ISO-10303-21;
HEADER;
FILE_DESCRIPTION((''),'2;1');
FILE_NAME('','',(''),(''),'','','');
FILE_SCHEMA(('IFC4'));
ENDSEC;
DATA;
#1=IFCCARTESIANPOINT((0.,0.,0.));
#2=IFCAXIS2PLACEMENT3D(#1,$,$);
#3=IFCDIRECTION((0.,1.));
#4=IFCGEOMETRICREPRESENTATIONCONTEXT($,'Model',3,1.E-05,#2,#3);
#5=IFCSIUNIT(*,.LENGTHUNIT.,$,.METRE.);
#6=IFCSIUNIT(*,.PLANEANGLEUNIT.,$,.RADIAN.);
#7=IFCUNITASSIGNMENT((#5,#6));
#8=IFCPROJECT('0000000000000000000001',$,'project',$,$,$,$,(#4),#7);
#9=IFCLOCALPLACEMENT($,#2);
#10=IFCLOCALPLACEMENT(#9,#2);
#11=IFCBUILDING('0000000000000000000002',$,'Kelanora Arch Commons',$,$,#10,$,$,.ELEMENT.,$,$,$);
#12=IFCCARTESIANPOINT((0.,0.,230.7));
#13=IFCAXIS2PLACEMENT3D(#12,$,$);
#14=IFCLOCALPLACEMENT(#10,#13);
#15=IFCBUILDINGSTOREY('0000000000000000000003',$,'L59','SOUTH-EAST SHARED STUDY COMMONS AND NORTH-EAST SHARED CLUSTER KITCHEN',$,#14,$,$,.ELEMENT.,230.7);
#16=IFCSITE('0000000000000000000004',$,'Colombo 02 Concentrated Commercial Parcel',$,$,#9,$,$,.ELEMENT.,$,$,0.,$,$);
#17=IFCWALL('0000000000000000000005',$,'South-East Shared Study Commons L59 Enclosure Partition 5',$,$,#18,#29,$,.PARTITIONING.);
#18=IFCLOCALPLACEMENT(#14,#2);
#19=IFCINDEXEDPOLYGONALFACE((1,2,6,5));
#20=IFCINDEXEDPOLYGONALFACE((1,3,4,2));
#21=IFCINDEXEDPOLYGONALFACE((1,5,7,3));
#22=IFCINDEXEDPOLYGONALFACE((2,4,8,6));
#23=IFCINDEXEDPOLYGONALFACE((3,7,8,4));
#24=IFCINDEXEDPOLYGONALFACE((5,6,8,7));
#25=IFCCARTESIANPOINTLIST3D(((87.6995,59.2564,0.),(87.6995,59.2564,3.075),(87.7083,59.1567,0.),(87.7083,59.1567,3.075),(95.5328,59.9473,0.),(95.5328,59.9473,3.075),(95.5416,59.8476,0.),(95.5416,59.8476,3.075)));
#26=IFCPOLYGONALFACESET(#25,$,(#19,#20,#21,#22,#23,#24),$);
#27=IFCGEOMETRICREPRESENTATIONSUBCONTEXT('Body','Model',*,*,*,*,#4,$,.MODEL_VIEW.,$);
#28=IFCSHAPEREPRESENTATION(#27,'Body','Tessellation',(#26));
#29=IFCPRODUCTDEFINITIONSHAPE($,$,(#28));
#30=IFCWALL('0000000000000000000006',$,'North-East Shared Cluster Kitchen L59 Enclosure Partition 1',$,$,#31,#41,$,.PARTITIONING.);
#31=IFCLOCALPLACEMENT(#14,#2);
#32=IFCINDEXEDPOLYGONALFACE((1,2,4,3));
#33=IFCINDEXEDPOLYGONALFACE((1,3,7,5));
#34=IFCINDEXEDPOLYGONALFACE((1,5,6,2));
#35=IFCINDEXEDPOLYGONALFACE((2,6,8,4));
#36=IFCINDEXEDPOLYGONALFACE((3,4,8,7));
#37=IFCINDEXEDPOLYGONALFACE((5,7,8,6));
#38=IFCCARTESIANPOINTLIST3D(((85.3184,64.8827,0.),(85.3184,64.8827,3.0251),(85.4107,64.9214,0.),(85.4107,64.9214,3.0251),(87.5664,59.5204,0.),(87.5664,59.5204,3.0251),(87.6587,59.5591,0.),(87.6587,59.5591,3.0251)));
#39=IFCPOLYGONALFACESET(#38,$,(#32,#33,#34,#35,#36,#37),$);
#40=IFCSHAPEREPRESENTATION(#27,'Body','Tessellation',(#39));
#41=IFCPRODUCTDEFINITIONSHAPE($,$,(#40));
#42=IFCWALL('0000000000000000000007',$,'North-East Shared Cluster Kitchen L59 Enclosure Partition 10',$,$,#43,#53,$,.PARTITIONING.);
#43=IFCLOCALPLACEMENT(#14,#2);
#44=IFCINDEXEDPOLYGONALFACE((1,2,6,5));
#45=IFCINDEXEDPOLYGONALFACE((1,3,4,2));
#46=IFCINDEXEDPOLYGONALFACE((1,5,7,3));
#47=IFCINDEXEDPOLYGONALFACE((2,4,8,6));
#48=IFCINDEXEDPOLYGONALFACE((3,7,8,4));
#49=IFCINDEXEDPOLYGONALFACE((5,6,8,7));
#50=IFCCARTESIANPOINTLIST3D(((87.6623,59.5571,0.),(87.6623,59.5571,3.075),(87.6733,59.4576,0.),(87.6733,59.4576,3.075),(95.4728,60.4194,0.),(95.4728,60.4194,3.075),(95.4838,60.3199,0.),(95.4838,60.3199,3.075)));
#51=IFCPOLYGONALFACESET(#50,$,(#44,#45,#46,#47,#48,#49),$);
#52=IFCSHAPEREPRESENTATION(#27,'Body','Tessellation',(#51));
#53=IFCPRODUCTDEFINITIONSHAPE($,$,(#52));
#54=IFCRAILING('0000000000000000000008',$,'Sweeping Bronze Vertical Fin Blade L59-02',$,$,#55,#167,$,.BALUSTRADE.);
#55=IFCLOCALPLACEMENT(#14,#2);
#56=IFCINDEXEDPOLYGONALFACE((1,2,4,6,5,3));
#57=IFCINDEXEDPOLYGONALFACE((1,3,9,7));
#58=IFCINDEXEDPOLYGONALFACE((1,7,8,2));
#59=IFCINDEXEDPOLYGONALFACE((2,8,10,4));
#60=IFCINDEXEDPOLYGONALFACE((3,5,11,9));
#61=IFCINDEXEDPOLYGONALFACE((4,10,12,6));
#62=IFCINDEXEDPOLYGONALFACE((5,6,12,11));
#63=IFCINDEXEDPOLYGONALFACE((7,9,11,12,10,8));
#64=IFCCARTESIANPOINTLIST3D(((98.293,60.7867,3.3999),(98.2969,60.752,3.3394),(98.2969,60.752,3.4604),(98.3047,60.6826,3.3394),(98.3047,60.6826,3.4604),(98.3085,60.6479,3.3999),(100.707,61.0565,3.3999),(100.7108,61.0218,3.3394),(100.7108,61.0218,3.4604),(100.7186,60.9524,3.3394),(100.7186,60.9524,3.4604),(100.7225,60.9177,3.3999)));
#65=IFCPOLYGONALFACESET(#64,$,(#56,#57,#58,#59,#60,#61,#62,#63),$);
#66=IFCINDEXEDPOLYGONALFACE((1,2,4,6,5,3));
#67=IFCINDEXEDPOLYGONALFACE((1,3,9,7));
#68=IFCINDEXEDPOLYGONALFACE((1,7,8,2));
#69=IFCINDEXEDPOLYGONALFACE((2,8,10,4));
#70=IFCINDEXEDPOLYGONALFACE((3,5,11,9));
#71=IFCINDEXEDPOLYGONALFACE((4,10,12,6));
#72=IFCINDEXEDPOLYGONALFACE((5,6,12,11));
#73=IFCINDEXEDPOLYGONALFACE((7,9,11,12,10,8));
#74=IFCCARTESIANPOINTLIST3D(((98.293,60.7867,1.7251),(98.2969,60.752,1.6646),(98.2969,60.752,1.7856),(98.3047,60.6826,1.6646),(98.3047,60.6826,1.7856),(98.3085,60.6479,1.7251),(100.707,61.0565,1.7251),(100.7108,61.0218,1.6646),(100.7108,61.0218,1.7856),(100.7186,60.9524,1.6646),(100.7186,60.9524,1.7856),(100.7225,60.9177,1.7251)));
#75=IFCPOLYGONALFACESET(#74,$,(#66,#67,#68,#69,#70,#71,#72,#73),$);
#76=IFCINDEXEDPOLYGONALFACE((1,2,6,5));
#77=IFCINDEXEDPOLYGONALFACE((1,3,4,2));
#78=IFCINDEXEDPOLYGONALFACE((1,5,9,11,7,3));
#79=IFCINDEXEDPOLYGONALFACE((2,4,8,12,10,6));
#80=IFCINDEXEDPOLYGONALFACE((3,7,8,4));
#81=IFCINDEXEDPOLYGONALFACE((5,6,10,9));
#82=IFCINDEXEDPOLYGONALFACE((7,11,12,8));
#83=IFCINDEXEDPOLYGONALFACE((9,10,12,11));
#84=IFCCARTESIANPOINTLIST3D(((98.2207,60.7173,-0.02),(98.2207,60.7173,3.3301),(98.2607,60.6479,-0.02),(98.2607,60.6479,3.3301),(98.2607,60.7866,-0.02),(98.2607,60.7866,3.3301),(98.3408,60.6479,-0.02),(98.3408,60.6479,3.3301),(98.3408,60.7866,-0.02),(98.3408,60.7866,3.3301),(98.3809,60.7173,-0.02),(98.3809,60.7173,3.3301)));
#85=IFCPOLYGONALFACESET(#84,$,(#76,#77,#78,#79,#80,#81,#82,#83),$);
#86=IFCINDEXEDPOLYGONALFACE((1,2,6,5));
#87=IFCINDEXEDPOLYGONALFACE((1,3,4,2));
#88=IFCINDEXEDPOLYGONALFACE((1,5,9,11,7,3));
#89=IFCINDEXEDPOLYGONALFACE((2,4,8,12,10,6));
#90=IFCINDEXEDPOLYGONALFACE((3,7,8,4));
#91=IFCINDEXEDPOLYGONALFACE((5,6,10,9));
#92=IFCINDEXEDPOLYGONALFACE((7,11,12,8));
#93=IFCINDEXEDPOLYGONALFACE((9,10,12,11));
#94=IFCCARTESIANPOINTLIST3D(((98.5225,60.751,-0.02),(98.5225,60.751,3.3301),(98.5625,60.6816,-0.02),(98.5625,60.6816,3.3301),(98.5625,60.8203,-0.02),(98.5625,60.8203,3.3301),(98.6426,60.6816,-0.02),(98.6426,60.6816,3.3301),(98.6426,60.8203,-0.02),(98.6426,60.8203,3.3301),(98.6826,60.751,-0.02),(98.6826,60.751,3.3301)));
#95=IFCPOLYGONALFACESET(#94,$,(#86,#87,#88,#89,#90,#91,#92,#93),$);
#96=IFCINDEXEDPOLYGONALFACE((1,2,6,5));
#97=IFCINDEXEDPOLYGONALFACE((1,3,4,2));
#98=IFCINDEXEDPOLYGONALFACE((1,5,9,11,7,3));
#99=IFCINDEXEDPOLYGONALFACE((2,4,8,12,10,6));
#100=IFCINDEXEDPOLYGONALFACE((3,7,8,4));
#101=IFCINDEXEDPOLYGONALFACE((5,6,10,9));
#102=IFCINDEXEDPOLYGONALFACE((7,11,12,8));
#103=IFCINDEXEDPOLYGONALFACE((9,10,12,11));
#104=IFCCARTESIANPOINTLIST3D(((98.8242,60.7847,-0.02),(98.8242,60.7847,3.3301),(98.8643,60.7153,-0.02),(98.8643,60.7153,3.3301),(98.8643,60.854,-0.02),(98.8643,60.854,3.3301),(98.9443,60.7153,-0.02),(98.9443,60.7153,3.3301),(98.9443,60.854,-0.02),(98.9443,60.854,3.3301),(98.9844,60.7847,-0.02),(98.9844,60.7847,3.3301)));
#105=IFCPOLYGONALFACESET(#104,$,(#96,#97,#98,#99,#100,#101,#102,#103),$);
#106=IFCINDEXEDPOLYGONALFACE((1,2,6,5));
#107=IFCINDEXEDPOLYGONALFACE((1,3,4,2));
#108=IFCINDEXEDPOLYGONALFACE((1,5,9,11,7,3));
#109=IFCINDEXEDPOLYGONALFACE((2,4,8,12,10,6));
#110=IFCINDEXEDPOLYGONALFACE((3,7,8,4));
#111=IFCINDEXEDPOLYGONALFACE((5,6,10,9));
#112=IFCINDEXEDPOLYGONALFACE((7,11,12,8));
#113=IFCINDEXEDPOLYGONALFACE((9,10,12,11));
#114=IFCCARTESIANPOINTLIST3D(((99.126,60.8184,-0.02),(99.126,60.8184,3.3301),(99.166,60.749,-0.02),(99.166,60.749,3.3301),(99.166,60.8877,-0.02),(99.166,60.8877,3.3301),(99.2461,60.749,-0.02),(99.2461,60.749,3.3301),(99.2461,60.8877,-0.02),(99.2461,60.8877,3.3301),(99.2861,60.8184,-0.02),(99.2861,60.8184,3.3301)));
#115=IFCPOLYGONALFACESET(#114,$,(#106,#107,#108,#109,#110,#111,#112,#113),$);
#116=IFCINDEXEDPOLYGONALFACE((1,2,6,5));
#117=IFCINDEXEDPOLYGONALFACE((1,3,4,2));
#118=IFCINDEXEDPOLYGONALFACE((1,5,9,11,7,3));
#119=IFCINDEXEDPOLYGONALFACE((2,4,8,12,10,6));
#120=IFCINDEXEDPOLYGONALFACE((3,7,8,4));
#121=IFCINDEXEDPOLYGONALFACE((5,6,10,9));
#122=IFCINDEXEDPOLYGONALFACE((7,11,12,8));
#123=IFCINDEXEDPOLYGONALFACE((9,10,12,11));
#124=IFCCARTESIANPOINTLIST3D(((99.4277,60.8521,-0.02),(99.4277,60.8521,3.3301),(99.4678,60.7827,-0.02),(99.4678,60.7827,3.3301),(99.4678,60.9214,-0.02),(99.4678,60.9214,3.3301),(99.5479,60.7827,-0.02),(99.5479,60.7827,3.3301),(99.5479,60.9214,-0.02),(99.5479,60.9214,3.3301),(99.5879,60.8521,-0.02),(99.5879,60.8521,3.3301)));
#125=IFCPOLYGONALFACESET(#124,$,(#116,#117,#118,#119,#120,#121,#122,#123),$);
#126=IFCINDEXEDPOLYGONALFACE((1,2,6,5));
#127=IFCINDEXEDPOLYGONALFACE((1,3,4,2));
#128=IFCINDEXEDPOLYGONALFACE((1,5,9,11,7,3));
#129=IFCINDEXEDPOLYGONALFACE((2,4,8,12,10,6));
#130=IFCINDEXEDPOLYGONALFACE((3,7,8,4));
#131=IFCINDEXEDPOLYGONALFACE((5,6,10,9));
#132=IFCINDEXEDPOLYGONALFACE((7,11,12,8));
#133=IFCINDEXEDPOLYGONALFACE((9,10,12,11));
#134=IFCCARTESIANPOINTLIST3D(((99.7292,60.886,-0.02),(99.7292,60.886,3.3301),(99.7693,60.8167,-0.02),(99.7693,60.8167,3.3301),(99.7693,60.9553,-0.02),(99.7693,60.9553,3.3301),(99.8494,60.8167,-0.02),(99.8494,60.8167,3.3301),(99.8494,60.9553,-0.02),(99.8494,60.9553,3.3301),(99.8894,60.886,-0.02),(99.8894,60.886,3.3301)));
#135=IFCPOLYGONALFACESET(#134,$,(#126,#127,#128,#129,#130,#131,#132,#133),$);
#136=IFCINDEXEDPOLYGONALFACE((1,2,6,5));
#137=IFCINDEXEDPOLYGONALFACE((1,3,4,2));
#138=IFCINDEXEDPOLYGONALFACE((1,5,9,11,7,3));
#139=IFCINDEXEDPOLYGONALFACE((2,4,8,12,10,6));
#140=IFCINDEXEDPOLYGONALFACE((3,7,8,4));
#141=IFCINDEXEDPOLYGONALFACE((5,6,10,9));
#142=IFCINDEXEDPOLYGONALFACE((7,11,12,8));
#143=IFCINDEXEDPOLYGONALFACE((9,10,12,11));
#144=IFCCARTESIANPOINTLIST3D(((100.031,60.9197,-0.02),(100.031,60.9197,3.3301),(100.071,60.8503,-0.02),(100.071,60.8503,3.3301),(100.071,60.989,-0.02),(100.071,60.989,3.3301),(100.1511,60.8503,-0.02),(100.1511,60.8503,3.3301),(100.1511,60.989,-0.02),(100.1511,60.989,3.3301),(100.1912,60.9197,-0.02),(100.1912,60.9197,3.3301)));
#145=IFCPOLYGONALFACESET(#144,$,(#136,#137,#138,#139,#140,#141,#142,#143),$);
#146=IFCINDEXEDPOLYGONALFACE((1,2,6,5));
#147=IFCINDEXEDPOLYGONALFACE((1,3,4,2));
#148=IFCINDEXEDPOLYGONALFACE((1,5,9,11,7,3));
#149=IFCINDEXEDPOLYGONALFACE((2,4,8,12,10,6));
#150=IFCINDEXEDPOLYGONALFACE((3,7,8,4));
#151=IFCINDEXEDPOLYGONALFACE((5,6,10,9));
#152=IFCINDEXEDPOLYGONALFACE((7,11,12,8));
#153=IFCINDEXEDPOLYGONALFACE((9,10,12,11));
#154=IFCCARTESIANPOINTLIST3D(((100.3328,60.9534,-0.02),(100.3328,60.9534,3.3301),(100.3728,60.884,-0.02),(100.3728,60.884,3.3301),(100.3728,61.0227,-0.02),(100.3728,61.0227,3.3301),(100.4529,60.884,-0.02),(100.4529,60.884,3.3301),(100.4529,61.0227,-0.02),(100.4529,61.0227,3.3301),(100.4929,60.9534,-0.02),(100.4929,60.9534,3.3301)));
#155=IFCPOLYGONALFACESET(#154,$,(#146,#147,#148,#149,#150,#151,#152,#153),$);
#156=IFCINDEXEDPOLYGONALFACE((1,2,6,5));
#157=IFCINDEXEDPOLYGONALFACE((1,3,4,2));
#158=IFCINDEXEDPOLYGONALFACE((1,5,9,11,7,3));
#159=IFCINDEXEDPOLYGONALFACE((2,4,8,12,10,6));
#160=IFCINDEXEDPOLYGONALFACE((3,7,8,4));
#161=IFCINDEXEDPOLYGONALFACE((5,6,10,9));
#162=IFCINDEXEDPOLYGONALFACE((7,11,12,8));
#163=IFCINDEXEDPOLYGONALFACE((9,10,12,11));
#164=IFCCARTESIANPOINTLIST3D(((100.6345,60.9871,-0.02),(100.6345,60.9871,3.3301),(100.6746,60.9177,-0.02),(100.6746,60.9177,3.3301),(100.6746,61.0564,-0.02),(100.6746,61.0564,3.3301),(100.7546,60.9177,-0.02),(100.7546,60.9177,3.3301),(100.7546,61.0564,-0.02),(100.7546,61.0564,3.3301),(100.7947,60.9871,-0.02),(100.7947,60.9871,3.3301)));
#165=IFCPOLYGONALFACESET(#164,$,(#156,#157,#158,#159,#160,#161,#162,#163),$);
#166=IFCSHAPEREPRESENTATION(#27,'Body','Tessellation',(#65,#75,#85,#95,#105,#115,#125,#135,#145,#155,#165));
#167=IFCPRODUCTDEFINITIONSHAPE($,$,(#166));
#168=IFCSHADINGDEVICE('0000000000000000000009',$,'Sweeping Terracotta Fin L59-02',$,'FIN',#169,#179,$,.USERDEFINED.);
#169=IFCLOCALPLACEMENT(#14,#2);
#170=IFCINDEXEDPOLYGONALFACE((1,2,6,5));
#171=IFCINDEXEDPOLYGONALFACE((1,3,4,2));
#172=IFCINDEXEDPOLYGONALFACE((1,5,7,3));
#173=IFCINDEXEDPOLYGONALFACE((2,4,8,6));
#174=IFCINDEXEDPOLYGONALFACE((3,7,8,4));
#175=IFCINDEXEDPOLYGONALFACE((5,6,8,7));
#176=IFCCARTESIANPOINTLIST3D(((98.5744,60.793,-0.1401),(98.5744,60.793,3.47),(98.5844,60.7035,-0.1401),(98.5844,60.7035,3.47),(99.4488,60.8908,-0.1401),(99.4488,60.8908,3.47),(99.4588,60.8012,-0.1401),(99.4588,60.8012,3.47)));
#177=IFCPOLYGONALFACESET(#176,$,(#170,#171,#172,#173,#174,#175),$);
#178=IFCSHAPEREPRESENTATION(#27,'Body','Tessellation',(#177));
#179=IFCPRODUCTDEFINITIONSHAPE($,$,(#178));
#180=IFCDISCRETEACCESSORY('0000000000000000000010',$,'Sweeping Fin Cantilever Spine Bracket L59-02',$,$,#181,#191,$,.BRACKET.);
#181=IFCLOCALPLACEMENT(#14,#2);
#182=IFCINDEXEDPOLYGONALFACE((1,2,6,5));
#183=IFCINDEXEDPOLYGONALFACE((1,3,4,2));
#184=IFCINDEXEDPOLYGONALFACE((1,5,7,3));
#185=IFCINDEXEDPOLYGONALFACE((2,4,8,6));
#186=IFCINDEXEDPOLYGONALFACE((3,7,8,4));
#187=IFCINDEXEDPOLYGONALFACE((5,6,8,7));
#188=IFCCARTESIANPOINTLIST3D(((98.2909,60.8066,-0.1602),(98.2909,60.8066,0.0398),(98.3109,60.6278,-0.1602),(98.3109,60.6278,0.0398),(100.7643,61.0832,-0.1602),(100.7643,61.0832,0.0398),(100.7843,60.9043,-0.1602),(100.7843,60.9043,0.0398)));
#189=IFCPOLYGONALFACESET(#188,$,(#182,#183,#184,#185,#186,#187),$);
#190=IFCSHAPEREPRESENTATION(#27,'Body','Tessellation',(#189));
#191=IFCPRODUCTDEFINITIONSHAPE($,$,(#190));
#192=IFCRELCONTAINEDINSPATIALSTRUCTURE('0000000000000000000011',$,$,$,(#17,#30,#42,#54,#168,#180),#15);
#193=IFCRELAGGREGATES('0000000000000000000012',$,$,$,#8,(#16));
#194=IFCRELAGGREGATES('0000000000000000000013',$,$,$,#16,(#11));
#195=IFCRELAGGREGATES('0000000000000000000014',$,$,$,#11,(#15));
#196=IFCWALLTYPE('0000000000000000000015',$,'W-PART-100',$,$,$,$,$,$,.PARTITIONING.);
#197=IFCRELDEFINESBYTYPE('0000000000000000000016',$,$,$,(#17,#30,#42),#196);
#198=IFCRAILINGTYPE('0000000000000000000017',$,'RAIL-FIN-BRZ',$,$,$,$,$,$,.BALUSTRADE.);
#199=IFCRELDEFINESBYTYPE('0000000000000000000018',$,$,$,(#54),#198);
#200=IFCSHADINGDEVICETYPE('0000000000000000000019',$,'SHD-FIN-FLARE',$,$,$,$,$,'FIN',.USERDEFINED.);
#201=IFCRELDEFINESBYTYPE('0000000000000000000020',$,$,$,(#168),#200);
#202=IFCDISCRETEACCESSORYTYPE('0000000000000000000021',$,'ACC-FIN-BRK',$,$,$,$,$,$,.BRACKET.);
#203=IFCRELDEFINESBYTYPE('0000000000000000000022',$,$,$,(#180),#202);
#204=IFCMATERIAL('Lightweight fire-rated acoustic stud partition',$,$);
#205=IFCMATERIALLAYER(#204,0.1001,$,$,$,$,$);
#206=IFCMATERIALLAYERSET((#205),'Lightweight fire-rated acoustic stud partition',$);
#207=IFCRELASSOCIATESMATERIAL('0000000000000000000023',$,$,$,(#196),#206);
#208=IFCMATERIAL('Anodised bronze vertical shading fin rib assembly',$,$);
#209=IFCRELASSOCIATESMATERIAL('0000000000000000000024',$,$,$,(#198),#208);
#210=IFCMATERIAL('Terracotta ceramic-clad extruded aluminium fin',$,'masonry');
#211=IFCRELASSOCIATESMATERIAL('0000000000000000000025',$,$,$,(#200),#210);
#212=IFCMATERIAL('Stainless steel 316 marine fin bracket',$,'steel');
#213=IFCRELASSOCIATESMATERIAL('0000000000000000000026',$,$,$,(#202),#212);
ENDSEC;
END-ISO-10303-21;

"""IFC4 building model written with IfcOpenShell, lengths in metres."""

from ifc_helpers import new_model, si_unit, direction, frame, frame_2d, origin, origin_2d, place, context, subcontext, project, spatial, polyline, rectangle, outline, extrude, source, transform, mapped, material, layer, layer_set, type_object, element, save


model = new_model("IFC4")

# Units and contexts
model_context = context("Model", 3, precision=1e-05, world=origin(), true_north=direction((0.0, 1.0)))
body_context = subcontext(model_context, "Body", "Model", "MODEL_VIEW")
ifc_project = project(units=[si_unit("LENGTHUNIT", "METRE"), si_unit("PLANEANGLEUNIT", "RADIAN")], contexts=[model_context])

# Site, building, storey
site_placement = place(None, origin())
site = spatial("IfcSite", under=ifc_project, at=site_placement, Name="Colombo 02 Concentrated Commercial Parcel", CompositionType="ELEMENT", RefElevation=0.0)
building_placement = place(site_placement, origin())
building = spatial("IfcBuilding", under=site, at=building_placement, Name="Kelanora Arch Commons", CompositionType="ELEMENT")
storey_placement = place(building_placement, frame((0.0, 0.0, 230.7)))
storey = spatial("IfcBuildingStorey", under=building, at=storey_placement, Name="L59", Description="SOUTH-EAST SHARED STUDY COMMONS AND NORTH-EAST SHARED CLUSTER KITCHEN", CompositionType="ELEMENT", Elevation=230.7)

# Walls
ifc_material_1 = material(Name="Lightweight fire-rated acoustic stud partition")
ifc_layer_1 = layer(ifc_material_1, 0.1001)
ifc_layer_set_1 = layer_set([ifc_layer_1], Name="Lightweight fire-rated acoustic stud partition")
wall_type = type_object("IfcWallType", Name="W-PART-100", PredefinedType="PARTITIONING", material=ifc_layer_set_1)
wall_1_placement = place(storey_placement, frame((87.7039, 59.2065, 0.0), z_axis=(0.0, 0.0, 1.0), x_axis=(0.996133, 0.087862, 0.0)))
element("IfcWall", 1, at=wall_1_placement, inside=storey, type_object=wall_type, Name="South-East Shared Study Commons L59 Enclosure Partition 5", PredefinedType="PARTITIONING", context=body_context, shape_type="SweptSolid", body=[
    extrude(rectangle(XDim=7.8638, YDim=0.1001, at=frame_2d((3.9319, 0.0))), origin(), (0.0, 0.0, 1.0), 3.075),
])
wall_2_placement = place(storey_placement, frame((87.6125, 59.5398, 0.0), z_axis=(0.0, 0.0, 1.0), x_axis=(-0.38663, 0.922235, 0.0)))
element("IfcWall", 2, at=wall_2_placement, inside=storey, type_object=wall_type, Name="North-East Shared Cluster Kitchen L59 Enclosure Partition 1", PredefinedType="PARTITIONING", context=body_context, shape_type="SweptSolid", body=[
    extrude(rectangle(XDim=5.8145, YDim=0.1001, at=frame_2d((2.9072, 0.0))), origin(), (0.0, 0.0, 1.0), 3.0251),
])
wall_3_placement = place(storey_placement, frame((95.4783, 60.3696, 0.0), z_axis=(0.0, 0.0, 1.0), x_axis=(-0.993961, -0.109736, 0.0)))
element("IfcWall", 3, at=wall_3_placement, inside=storey, type_object=wall_type, Name="North-East Shared Cluster Kitchen L59 Enclosure Partition 10", PredefinedType="PARTITIONING", context=body_context, shape_type="SweptSolid", body=[
    extrude(rectangle(XDim=7.8579, YDim=0.1001, at=frame_2d((3.929, 0.0))), origin(), (0.0, 0.0, 1.0), 3.075),
])

# Railing
ifc_material_2 = material(Name="Anodised bronze vertical shading fin rib assembly")
railing_type_1 = type_object("IfcRailingType", Name="RAIL-FIN-BRZ", PredefinedType="BALUSTRADE", material=ifc_material_2)
railing_1_placement = place(storey_placement, frame((98.3008, 60.7173, -0.02)))
element("IfcRailing", 4, at=railing_1_placement, inside=storey, type_object=railing_type_1, Name="Sweeping Bronze Vertical Fin Blade L59-02", PredefinedType="BALUSTRADE", context=body_context, shape_type="SweptSolid", body=[
    extrude(outline(polyline([(0.0698, 0.0), (0.0349, 0.0605), (-0.0349, 0.0605), (-0.0698, 0.0), (-0.0349, -0.0605), (0.0349, -0.0605), (0.0698, 0.0)])), frame((0.0, 0.0, 3.4199), z_axis=(0.993812, 0.111071, 0.0), x_axis=(-0.111071, 0.993812, 0.0)), (0.0, 0.0, 1.0), 2.429),
    extrude(outline(polyline([(0.0698, 0.0), (0.0349, 0.0605), (-0.0349, 0.0605), (-0.0698, 0.0), (-0.0349, -0.0605), (0.0349, -0.0605), (0.0698, 0.0)])), frame((0.0, 0.0, 1.7451), z_axis=(0.993812, 0.111071, 0.0), x_axis=(-0.111071, 0.993812, 0.0)), (0.0, 0.0, 1.0), 2.429),
    extrude(outline(polyline([(0.0801, 0.0), (0.04, 0.0693), (-0.04, 0.0693), (-0.0801, 0.0), (-0.04, -0.0693), (0.04, -0.0693), (0.0801, 0.0)])), origin(), (0.0, 0.0, 1.0), 3.3501),
    extrude(outline(polyline([(0.0801, 0.0), (0.04, 0.0693), (-0.04, 0.0693), (-0.0801, 0.0), (-0.04, -0.0693), (0.04, -0.0693), (0.0801, 0.0)])), frame((0.3018, 0.0337, 0.0)), (0.0, 0.0, 1.0), 3.3501),
    extrude(outline(polyline([(0.0801, 0.0), (0.04, 0.0693), (-0.04, 0.0693), (-0.0801, 0.0), (-0.04, -0.0693), (0.04, -0.0693), (0.0801, 0.0)])), frame((0.6035, 0.0674, 0.0)), (0.0, 0.0, 1.0), 3.3501),
    extrude(outline(polyline([(0.0801, 0.0), (0.04, 0.0693), (-0.04, 0.0693), (-0.0801, 0.0), (-0.04, -0.0693), (0.04, -0.0693), (0.0801, 0.0)])), frame((0.9053, 0.1011, 0.0)), (0.0, 0.0, 1.0), 3.3501),
    extrude(outline(polyline([(0.0801, 0.0), (0.04, 0.0693), (-0.04, 0.0693), (-0.0801, 0.0), (-0.04, -0.0693), (0.04, -0.0693), (0.0801, 0.0)])), frame((1.207, 0.1348, 0.0)), (0.0, 0.0, 1.0), 3.3501),
    extrude(outline(polyline([(0.0801, 0.0), (0.04, 0.0693), (-0.04, 0.0693), (-0.0801, 0.0), (-0.04, -0.0693), (0.04, -0.0693), (0.0801, 0.0)])), frame((1.5085, 0.1687, 0.0)), (0.0, 0.0, 1.0), 3.3501),
    extrude(outline(polyline([(0.0801, 0.0), (0.04, 0.0693), (-0.04, 0.0693), (-0.0801, 0.0), (-0.04, -0.0693), (0.04, -0.0693), (0.0801, 0.0)])), frame((1.8103, 0.2024, 0.0)), (0.0, 0.0, 1.0), 3.3501),
    extrude(outline(polyline([(0.0801, 0.0), (0.04, 0.0693), (-0.04, 0.0693), (-0.0801, 0.0), (-0.04, -0.0693), (0.04, -0.0693), (0.0801, 0.0)])), frame((2.1121, 0.2361, 0.0)), (0.0, 0.0, 1.0), 3.3501),
    extrude(outline(polyline([(0.0801, 0.0), (0.04, 0.0693), (-0.04, 0.0693), (-0.0801, 0.0), (-0.04, -0.0693), (0.04, -0.0693), (0.0801, 0.0)])), frame((2.4138, 0.2698, 0.0)), (0.0, 0.0, 1.0), 3.3501),
])

# Shading device
ifc_material_3 = material(Name="Terracotta ceramic-clad extruded aluminium fin", Category="masonry")
shading_device_type = type_object("IfcShadingDeviceType", Name="SHD-FIN-FLARE", ElementType="FIN", PredefinedType="USERDEFINED", material=ifc_material_3)
shared_shape_1 = source(origin(), body_context, "Body", "SweptSolid", [
    extrude(rectangle(XDim=0.8799, YDim=0.0901, at=origin_2d()), origin(), (0.0, 0.0, 1.0), 3.6101),
])
shading_device_placement = place(storey_placement, frame((99.0166, 60.7971, -0.1401), z_axis=(0.0, 0.0, 1.0), x_axis=(0.993807, 0.111122, 0.0)))
element("IfcShadingDevice", 5, at=shading_device_placement, inside=storey, type_object=shading_device_type, Name="Sweeping Terracotta Fin L59-02", ObjectType="FIN", PredefinedType="USERDEFINED", context=body_context, shape_type="MappedRepresentation", body=[
    mapped(shared_shape_1, transform((0.0, 0.0, 0.0), scale=1.0)),
])

# Discrete accessory
ifc_material_4 = material(Name="Stainless steel 316 marine fin bracket", Category="steel")
discrete_accessory_type = type_object("IfcDiscreteAccessoryType", Name="ACC-FIN-BRK", PredefinedType="BRACKET", material=ifc_material_4)
shared_shape_2 = source(origin(), body_context, "Body", "SweptSolid", [
    extrude(rectangle(XDim=2.4888, YDim=0.1799, at=origin_2d()), origin(), (0.0, 0.0, 1.0), 0.2),
])
discrete_accessory_placement = place(storey_placement, frame((99.5376, 60.8555, -0.1602), z_axis=(0.0, 0.0, 1.0), x_axis=(0.993807, 0.111122, 0.0)))
element("IfcDiscreteAccessory", 6, at=discrete_accessory_placement, inside=storey, type_object=discrete_accessory_type, Name="Sweeping Fin Cantilever Spine Bracket L59-02", PredefinedType="BRACKET", context=body_context, shape_type="MappedRepresentation", body=[
    mapped(shared_shape_2, transform((0.0, 0.0, 0.0), scale=1.0)),
])

save(model, "model.ifc")
